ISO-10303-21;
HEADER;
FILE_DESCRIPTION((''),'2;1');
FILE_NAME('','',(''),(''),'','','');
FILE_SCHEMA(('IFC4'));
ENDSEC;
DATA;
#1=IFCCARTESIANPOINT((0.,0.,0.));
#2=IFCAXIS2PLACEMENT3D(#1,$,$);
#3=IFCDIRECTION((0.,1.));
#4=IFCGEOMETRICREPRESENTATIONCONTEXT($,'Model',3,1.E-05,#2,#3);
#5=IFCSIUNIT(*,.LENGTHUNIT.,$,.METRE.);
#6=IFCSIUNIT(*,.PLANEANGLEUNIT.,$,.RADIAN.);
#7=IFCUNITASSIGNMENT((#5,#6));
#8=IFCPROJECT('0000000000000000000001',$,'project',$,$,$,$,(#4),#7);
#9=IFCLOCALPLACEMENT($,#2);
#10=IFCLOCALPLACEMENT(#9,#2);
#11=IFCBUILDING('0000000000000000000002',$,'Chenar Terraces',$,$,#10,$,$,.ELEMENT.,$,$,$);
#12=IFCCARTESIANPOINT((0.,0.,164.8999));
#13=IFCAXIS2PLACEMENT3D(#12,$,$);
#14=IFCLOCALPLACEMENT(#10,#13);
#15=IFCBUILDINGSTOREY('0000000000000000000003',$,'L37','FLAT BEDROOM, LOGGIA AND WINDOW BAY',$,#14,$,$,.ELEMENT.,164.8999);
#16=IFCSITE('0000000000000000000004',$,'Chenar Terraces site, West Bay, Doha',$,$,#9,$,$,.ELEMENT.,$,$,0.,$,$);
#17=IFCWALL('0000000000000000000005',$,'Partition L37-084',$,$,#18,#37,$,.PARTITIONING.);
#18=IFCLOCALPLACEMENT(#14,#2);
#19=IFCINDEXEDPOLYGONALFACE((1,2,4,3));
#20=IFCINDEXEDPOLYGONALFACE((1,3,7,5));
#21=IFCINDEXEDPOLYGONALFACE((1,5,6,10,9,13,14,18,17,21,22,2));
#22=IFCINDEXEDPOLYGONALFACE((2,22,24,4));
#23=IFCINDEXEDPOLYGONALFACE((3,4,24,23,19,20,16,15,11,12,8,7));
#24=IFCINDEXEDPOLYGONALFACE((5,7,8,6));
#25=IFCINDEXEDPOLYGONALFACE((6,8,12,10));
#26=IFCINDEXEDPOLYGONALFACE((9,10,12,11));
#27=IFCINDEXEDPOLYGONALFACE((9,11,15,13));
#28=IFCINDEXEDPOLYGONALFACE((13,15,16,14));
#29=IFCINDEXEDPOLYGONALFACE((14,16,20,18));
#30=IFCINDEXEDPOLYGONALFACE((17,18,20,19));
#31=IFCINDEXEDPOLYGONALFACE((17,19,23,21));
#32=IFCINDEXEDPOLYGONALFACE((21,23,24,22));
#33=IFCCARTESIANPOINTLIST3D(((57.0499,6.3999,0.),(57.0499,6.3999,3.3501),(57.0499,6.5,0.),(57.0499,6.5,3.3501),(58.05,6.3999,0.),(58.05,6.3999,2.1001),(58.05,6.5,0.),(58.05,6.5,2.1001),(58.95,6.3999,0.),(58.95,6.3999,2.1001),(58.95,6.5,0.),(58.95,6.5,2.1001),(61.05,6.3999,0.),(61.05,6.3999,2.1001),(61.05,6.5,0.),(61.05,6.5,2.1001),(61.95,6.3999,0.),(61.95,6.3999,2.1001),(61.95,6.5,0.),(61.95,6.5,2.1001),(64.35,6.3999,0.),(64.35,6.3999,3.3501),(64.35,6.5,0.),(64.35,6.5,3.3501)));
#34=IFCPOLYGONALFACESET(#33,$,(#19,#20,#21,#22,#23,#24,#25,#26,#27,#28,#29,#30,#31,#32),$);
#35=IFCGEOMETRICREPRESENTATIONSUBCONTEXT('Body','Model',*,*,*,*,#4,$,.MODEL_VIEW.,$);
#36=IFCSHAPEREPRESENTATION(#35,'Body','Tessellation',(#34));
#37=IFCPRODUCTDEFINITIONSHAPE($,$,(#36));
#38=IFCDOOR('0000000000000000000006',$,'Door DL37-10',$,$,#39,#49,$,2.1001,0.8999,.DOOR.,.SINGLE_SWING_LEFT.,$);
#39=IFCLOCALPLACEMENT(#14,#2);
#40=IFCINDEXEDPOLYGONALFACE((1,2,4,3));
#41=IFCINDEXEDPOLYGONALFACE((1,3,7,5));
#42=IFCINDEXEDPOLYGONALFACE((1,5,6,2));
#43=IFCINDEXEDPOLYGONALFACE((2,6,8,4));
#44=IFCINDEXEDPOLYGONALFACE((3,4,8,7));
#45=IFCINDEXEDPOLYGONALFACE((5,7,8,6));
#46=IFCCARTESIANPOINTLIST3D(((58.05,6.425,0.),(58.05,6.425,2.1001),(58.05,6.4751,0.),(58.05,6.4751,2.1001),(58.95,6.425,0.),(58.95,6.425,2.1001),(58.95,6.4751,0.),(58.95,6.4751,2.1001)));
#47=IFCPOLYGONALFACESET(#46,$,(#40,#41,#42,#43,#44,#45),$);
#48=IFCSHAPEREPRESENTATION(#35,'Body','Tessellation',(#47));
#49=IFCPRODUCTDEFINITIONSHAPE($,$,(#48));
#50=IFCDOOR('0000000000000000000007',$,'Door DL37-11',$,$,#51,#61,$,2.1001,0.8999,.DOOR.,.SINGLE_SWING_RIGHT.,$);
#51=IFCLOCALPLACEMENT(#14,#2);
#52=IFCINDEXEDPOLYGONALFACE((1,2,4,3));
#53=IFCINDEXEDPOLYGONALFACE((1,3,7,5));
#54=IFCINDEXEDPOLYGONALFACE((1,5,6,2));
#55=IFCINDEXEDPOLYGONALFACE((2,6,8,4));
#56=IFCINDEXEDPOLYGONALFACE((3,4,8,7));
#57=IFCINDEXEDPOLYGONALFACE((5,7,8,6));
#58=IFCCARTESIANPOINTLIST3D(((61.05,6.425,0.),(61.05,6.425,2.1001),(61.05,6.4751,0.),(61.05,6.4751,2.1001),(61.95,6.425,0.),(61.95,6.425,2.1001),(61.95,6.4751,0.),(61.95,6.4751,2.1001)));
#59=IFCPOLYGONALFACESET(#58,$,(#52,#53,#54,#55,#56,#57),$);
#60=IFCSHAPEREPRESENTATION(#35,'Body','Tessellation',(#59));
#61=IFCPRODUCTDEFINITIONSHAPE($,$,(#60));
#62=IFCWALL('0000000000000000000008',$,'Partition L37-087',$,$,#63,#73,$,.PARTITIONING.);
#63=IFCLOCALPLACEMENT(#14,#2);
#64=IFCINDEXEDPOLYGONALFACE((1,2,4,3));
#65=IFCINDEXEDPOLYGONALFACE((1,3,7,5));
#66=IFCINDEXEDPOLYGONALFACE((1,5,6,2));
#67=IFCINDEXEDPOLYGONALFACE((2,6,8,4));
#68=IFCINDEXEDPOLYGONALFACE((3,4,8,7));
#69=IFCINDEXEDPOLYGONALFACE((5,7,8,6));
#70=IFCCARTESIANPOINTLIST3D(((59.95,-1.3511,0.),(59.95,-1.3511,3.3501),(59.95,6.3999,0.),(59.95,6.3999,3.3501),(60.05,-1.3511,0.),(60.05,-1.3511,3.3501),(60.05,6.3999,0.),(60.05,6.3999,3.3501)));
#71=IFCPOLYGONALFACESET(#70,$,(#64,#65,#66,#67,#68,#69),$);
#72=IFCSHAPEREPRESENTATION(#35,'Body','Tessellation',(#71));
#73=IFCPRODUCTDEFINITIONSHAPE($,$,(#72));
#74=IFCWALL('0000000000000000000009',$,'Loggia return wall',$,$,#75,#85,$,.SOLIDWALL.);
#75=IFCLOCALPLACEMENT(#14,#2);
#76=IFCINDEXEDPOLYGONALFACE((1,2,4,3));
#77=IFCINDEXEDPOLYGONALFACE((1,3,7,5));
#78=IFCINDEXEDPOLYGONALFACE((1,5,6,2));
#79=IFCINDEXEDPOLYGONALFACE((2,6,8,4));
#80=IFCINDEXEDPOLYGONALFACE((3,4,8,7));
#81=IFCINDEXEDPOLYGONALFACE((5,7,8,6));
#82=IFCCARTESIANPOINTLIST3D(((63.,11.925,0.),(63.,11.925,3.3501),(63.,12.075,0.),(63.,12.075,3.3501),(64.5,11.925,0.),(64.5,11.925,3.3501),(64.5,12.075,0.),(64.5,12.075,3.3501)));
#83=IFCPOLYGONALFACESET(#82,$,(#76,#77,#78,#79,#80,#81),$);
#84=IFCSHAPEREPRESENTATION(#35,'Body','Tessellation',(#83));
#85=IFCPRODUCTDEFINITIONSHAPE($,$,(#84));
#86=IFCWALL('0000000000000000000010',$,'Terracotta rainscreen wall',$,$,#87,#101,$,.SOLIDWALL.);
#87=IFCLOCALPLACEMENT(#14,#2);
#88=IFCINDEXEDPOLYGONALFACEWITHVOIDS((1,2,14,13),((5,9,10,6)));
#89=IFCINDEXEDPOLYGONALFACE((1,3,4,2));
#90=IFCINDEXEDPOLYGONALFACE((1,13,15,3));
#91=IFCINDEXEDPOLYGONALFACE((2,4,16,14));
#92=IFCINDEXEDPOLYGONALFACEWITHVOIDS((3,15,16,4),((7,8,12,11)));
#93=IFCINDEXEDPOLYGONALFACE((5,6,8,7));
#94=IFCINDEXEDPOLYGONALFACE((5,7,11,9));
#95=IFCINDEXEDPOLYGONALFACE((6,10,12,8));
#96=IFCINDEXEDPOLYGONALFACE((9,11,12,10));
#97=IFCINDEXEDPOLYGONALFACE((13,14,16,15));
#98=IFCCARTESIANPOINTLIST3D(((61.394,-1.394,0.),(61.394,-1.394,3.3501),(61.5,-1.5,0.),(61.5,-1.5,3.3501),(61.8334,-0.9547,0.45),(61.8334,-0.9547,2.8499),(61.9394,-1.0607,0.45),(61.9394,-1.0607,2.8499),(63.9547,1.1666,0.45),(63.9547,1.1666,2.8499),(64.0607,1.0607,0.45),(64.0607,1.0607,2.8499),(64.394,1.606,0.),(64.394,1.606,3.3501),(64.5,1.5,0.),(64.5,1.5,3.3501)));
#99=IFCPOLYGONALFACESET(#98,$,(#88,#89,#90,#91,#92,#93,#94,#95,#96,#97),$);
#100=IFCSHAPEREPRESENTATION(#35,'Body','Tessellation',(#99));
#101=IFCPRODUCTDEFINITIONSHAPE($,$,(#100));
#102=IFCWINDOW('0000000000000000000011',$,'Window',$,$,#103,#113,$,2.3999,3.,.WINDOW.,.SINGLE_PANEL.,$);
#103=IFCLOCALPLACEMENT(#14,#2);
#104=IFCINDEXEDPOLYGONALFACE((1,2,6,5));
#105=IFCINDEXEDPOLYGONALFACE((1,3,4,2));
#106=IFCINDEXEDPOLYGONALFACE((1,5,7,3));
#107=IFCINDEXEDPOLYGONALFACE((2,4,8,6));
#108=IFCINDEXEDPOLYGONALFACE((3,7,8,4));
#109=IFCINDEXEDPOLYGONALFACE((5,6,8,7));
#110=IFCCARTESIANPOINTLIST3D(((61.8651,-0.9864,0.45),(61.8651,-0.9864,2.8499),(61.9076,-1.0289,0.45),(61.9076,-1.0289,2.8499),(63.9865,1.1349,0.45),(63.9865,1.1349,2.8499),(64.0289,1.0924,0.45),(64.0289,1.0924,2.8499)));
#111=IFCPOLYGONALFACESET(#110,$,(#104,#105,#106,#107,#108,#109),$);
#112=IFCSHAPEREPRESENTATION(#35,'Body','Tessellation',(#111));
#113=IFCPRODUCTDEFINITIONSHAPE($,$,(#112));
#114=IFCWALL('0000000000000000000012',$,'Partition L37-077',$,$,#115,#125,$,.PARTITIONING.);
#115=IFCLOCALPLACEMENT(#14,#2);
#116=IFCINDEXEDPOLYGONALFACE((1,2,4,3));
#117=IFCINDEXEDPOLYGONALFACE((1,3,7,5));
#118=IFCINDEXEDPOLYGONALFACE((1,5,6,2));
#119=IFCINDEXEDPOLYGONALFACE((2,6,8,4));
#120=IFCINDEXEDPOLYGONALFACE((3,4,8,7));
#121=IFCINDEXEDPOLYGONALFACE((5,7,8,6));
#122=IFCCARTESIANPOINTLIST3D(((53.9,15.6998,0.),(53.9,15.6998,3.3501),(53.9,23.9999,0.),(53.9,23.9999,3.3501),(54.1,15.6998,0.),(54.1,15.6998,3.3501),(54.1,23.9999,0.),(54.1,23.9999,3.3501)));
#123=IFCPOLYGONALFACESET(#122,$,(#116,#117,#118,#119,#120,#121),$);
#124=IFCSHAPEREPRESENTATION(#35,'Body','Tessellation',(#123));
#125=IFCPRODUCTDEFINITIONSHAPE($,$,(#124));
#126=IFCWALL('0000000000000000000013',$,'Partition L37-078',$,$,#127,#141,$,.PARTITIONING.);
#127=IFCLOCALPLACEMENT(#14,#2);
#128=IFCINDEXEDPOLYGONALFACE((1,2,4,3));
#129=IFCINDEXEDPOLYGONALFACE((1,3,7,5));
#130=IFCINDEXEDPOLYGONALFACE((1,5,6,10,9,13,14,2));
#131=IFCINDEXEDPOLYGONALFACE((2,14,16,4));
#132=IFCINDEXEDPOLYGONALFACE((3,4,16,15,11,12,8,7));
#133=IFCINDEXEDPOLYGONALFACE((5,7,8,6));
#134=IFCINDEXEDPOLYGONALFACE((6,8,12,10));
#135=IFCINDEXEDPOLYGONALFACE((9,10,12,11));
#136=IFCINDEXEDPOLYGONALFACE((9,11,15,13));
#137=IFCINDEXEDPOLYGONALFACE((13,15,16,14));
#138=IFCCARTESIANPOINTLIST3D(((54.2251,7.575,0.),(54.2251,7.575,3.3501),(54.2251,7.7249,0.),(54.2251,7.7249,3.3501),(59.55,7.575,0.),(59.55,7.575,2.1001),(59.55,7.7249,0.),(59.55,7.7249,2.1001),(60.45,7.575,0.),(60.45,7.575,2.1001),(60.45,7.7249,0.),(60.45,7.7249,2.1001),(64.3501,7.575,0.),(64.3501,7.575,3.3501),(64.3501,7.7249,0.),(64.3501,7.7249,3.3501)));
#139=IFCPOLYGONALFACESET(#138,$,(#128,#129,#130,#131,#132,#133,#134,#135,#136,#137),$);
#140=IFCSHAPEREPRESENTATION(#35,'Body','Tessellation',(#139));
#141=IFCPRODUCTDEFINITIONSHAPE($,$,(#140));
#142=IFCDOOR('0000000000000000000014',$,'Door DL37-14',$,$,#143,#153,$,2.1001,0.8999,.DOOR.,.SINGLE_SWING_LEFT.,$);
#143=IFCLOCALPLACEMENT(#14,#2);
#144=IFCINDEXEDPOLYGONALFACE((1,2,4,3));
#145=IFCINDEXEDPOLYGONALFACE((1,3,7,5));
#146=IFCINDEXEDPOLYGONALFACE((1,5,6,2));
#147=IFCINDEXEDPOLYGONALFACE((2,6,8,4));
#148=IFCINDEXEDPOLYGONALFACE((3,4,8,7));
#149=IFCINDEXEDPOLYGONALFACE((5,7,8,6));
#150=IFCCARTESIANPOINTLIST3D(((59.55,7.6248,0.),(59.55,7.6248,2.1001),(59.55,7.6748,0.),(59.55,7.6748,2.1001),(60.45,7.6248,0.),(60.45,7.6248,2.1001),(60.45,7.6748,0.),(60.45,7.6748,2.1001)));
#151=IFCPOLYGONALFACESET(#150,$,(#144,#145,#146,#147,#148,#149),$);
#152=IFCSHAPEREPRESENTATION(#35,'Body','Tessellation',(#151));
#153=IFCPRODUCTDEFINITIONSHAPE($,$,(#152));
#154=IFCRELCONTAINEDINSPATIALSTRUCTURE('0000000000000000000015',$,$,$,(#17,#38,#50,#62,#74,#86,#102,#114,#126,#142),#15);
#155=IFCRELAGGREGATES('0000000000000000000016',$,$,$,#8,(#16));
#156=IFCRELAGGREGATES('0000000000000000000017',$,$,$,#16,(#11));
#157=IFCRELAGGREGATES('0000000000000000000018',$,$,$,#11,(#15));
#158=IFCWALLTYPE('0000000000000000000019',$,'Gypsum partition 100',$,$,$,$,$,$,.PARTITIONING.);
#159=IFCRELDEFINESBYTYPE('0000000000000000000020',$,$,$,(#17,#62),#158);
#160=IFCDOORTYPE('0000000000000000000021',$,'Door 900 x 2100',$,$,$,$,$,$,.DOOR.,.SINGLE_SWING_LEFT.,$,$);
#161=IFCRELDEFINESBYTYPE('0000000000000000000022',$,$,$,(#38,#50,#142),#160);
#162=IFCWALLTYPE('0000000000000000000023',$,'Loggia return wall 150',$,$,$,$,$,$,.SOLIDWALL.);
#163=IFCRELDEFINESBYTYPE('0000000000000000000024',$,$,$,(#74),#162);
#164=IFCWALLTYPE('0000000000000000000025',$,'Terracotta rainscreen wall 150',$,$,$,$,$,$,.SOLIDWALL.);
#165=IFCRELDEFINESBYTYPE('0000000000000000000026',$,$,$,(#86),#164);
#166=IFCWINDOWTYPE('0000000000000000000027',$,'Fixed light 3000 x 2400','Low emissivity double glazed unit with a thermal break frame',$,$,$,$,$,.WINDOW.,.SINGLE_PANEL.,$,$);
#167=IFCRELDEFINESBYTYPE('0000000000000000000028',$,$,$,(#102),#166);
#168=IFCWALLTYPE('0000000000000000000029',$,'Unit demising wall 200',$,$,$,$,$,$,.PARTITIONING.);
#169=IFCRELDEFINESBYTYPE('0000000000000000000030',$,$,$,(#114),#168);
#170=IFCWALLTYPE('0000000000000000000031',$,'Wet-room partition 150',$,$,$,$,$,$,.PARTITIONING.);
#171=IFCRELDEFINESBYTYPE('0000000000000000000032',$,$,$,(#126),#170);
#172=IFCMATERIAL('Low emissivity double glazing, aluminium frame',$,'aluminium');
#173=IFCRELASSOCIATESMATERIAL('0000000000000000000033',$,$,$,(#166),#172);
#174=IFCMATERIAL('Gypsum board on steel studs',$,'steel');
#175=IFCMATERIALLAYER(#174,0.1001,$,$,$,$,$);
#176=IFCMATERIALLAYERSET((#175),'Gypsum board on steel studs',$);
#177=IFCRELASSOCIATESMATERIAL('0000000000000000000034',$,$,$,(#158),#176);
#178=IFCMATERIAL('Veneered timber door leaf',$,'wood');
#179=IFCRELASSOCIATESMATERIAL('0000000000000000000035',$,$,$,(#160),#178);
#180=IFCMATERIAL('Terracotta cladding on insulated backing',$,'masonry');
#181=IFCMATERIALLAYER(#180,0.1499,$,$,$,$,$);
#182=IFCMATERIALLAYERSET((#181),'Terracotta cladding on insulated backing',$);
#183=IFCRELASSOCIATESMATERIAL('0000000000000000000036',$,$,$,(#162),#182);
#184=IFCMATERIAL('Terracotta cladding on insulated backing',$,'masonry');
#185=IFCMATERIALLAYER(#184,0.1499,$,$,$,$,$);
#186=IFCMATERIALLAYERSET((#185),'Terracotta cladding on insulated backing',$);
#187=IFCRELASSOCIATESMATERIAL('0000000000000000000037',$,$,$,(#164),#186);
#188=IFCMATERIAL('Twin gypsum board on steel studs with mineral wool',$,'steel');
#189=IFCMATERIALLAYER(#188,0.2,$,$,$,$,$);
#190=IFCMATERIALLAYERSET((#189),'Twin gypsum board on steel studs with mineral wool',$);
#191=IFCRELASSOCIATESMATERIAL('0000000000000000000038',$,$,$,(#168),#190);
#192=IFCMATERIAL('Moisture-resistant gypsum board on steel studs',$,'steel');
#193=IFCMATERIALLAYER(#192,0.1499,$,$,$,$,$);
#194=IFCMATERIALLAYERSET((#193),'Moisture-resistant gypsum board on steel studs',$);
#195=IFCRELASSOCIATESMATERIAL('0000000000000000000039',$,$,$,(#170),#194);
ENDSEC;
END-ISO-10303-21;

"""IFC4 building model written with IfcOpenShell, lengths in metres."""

from ifc_helpers import new_model, si_unit, direction, frame, frame_2d, origin, place, context, subcontext, project, spatial, rectangle, extrude, material, layer, layer_set, type_object, element, fill, save


model = new_model("IFC4")

# Units and contexts
model_context = context("Model", 3, precision=1e-05, world=origin(), true_north=direction((0.0, 1.0)))
body_context = subcontext(model_context, "Body", "Model", "MODEL_VIEW")
ifc_project = project(units=[si_unit("LENGTHUNIT", "METRE"), si_unit("PLANEANGLEUNIT", "RADIAN")], contexts=[model_context])

# Site, building, storey
site_placement = place(None, origin())
site = spatial("IfcSite", under=ifc_project, at=site_placement, Name="Chenar Terraces site, West Bay, Doha", CompositionType="ELEMENT", RefElevation=0.0)
building_placement = place(site_placement, origin())
building = spatial("IfcBuilding", under=site, at=building_placement, Name="Chenar Terraces", CompositionType="ELEMENT")
storey_placement = place(building_placement, frame((0.0, 0.0, 164.8999)))
storey = spatial("IfcBuildingStorey", under=building, at=storey_placement, Name="L37", Description="FLAT BEDROOM, LOGGIA AND WINDOW BAY", CompositionType="ELEMENT", Elevation=164.8999)

# Shared definitions
ifc_material_1 = material(Name="Low emissivity double glazing, aluminium frame", Category="aluminium")
window_type_1 = type_object("IfcWindowType", Name="Fixed light 3000 x 2400", Description="Low emissivity double glazed unit with a thermal break frame", PartitioningType="SINGLE_PANEL", PredefinedType="WINDOW", material=ifc_material_1)

# Shared definitions
ifc_material_2 = material(Name="Gypsum board on steel studs", Category="steel")
ifc_layer_1 = layer(ifc_material_2, 0.1001)
ifc_layer_set_1 = layer_set([ifc_layer_1], Name="Gypsum board on steel studs")
wall_type_1 = type_object("IfcWallType", Name="Gypsum partition 100", PredefinedType="PARTITIONING", material=ifc_layer_set_1)

# Wall, openings, doors
wall_1_placement = place(storey_placement, frame((57.05, 6.45, 0.0), z_axis=(0.0, 0.0, 1.0), x_axis=(1.0, 0.0, 0.0)))
wall_1 = element("IfcWall", 1, at=wall_1_placement, inside=storey, type_object=wall_type_1, Name="Partition L37-084", PredefinedType="PARTITIONING", context=body_context, shape_type="SweptSolid", body=[
    extrude(rectangle(XDim=7.3, YDim=0.1001, at=frame_2d((3.6499, 0.0))), origin(), (0.0, 0.0, 1.0), 3.3501),
])
opening_1_placement = place(wall_1_placement, frame((1.0, 0.0, 0.0)))
opening_1 = element("IfcOpeningElement", 2, at=opening_1_placement, cuts=wall_1, PredefinedType="OPENING", context=body_context, shape_type="SweptSolid", body=[
    extrude(rectangle(XDim=0.8999, YDim=2.1001, at=frame_2d((0.45, 1.05))), frame((0.0, 0.0601, 0.0), z_axis=(0.0, -1.0, 0.0), x_axis=(1.0, 0.0, 0.0)), (0.0, 0.0, 1.0), 0.1201),
])
opening_2_placement = place(wall_1_placement, frame((4.0, 0.0, 0.0)))
opening_2 = element("IfcOpeningElement", 3, at=opening_2_placement, cuts=wall_1, PredefinedType="OPENING", context=body_context, shape_type="SweptSolid", body=[
    extrude(rectangle(XDim=0.8999, YDim=2.1001, at=frame_2d((0.45, 1.05))), frame((0.0, 0.0601, 0.0), z_axis=(0.0, -1.0, 0.0), x_axis=(1.0, 0.0, 0.0)), (0.0, 0.0, 1.0), 0.1201),
])
ifc_material_3 = material(Name="Veneered timber door leaf", Category="wood")
door_type_1 = type_object("IfcDoorType", Name="Door 900 x 2100", OperationType="SINGLE_SWING_LEFT", PredefinedType="DOOR", material=ifc_material_3)
door_1_placement = place(opening_1_placement, frame((0.8999, 0.0, 0.0), z_axis=(0.0, 0.0, 1.0), x_axis=(-1.0, 0.0, 0.0)))
door_1 = element("IfcDoor", 4, at=door_1_placement, inside=storey, type_object=door_type_1, Name="Door DL37-10", OperationType="SINGLE_SWING_LEFT", OverallHeight=2.1001, OverallWidth=0.8999, PredefinedType="DOOR", context=body_context, shape_type="SweptSolid", body=[
    extrude(rectangle(XDim=0.8999, YDim=2.1001, at=frame_2d((0.45, 1.05))), frame((0.0, 0.0249, 0.0), z_axis=(0.0, -1.0, 0.0), x_axis=(1.0, 0.0, 0.0)), (0.0, 0.0, 1.0), 0.05),
])
fill(opening_1, door_1)
door_2_placement = place(opening_2_placement, frame((0.8999, 0.0, 0.0), z_axis=(0.0, 0.0, 1.0), x_axis=(-1.0, 0.0, 0.0)))
door_2 = element("IfcDoor", 5, at=door_2_placement, inside=storey, type_object=door_type_1, Name="Door DL37-11", OperationType="SINGLE_SWING_RIGHT", OverallHeight=2.1001, OverallWidth=0.8999, PredefinedType="DOOR", context=body_context, shape_type="SweptSolid", body=[
    extrude(rectangle(XDim=0.8999, YDim=2.1001, at=frame_2d((0.45, 1.05))), frame((0.0, 0.0249, 0.0), z_axis=(0.0, -1.0, 0.0), x_axis=(1.0, 0.0, 0.0)), (0.0, 0.0, 1.0), 0.05),
])
fill(opening_2, door_2)

# Walls
wall_2_placement = place(storey_placement, frame((60.0, -1.3511, 0.0), z_axis=(0.0, 0.0, 1.0), x_axis=(0.0, 1.0, 0.0)))
element("IfcWall", 6, at=wall_2_placement, inside=storey, type_object=wall_type_1, Name="Partition L37-087", PredefinedType="PARTITIONING", context=body_context, shape_type="SweptSolid", body=[
    extrude(rectangle(XDim=7.751, YDim=0.1001, at=frame_2d((3.8755, 0.0))), origin(), (0.0, 0.0, 1.0), 3.3501),
])
ifc_material_4 = material(Name="Terracotta cladding on insulated backing", Category="masonry")
ifc_layer_2 = layer(ifc_material_4, 0.1499)
ifc_layer_set_2 = layer_set([ifc_layer_2], Name="Terracotta cladding on insulated backing")
wall_type_2 = type_object("IfcWallType", Name="Loggia return wall 150", PredefinedType="SOLIDWALL", material=ifc_layer_set_2)
wall_3_placement = place(storey_placement, frame((64.5, 12.0, 0.0), z_axis=(0.0, 0.0, 1.0), x_axis=(-1.0, 0.0, 0.0)))
element("IfcWall", 7, at=wall_3_placement, inside=storey, type_object=wall_type_2, Name="Loggia return wall", PredefinedType="SOLIDWALL", context=body_context, shape_type="SweptSolid", body=[
    extrude(rectangle(XDim=1.5, YDim=0.1499, at=frame_2d((0.75, 0.0))), origin(), (0.0, 0.0, 1.0), 3.3501),
])

# Wall, opening, window
ifc_material_5 = material(Name="Terracotta cladding on insulated backing", Category="masonry")
ifc_layer_3 = layer(ifc_material_5, 0.1499)
ifc_layer_set_3 = layer_set([ifc_layer_3], Name="Terracotta cladding on insulated backing")
wall_type_3 = type_object("IfcWallType", Name="Terracotta rainscreen wall 150", PredefinedType="SOLIDWALL", material=ifc_layer_set_3)
wall_4_placement = place(storey_placement, frame((61.447, -1.447, 0.0), z_axis=(0.0, 0.0, 1.0), x_axis=(0.707107, 0.707107, 0.0)))
wall_4 = element("IfcWall", 8, at=wall_4_placement, inside=storey, type_object=wall_type_3, Name="Terracotta rainscreen wall", PredefinedType="SOLIDWALL", context=body_context, shape_type="SweptSolid", body=[
    extrude(rectangle(XDim=4.2427, YDim=0.1499, at=frame_2d((2.1213, 0.0))), origin(), (0.0, 0.0, 1.0), 3.3501),
])
opening_3_placement = place(wall_4_placement, frame((0.6213, 0.0, 0.45)))
opening_3 = element("IfcOpeningElement", 9, at=opening_3_placement, cuts=wall_4, PredefinedType="OPENING", context=body_context, shape_type="SweptSolid", body=[
    extrude(rectangle(XDim=3.0, YDim=2.3999, at=frame_2d((1.5, 1.2))), frame((0.0, 0.085, 0.0), z_axis=(0.0, -1.0, 0.0), x_axis=(1.0, 0.0, 0.0)), (0.0, 0.0, 1.0), 0.1699),
])
window_1_placement = place(opening_3_placement, origin())
window_1 = element("IfcWindow", 10, at=window_1_placement, inside=storey, type_object=window_type_1, Name="Window", OverallHeight=2.3999, OverallWidth=3.0, PartitioningType="SINGLE_PANEL", PredefinedType="WINDOW", context=body_context, shape_type="SweptSolid", body=[
    extrude(rectangle(XDim=3.0, YDim=2.3999, at=frame_2d((1.5, 1.2))), frame((0.0, 0.03, 0.0), z_axis=(0.0, -1.0, 0.0), x_axis=(1.0, 0.0, 0.0)), (0.0, 0.0, 1.0), 0.0601),
])
fill(opening_3, window_1)

# Wall
ifc_material_6 = material(Name="Twin gypsum board on steel studs with mineral wool", Category="steel")
ifc_layer_4 = layer(ifc_material_6, 0.2)
ifc_layer_set_4 = layer_set([ifc_layer_4], Name="Twin gypsum board on steel studs with mineral wool")
wall_type_4 = type_object("IfcWallType", Name="Unit demising wall 200", PredefinedType="PARTITIONING", material=ifc_layer_set_4)
wall_5_placement = place(storey_placement, frame((54.0, 15.7, 0.0), z_axis=(0.0, 0.0, 1.0), x_axis=(0.0, 1.0, 0.0)))
element("IfcWall", 11, at=wall_5_placement, inside=storey, type_object=wall_type_4, Name="Partition L37-077", PredefinedType="PARTITIONING", context=body_context, shape_type="SweptSolid", body=[
    extrude(rectangle(XDim=8.3, YDim=0.2, at=frame_2d((4.1499, 0.0))), origin(), (0.0, 0.0, 1.0), 3.3501),
])

# Wall, opening, door
ifc_material_7 = material(Name="Moisture-resistant gypsum board on steel studs", Category="steel")
ifc_layer_5 = layer(ifc_material_7, 0.1499)
ifc_layer_set_5 = layer_set([ifc_layer_5], Name="Moisture-resistant gypsum board on steel studs")
wall_type_5 = type_object("IfcWallType", Name="Wet-room partition 150", PredefinedType="PARTITIONING", material=ifc_layer_set_5)
wall_6_placement = place(storey_placement, frame((54.2251, 7.6499, 0.0), z_axis=(0.0, 0.0, 1.0), x_axis=(1.0, 0.0, 0.0)))
wall_6 = element("IfcWall", 12, at=wall_6_placement, inside=storey, type_object=wall_type_5, Name="Partition L37-078", PredefinedType="PARTITIONING", context=body_context, shape_type="SweptSolid", body=[
    extrude(rectangle(XDim=10.125, YDim=0.1499, at=frame_2d((5.0625, 0.0))), origin(), (0.0, 0.0, 1.0), 3.3501),
])
opening_4_placement = place(wall_6_placement, frame((5.325, 0.0, 0.0)))
opening_4 = element("IfcOpeningElement", 13, at=opening_4_placement, cuts=wall_6, PredefinedType="OPENING", context=body_context, shape_type="SweptSolid", body=[
    extrude(rectangle(XDim=0.8999, YDim=2.1001, at=frame_2d((0.45, 1.05))), frame((0.0, 0.085, 0.0), z_axis=(0.0, -1.0, 0.0), x_axis=(1.0, 0.0, 0.0)), (0.0, 0.0, 1.0), 0.1699),
])
door_3_placement = place(opening_4_placement, origin())
door_3 = element("IfcDoor", 14, at=door_3_placement, inside=storey, type_object=door_type_1, Name="Door DL37-14", OperationType="SINGLE_SWING_LEFT", OverallHeight=2.1001, OverallWidth=0.8999, PredefinedType="DOOR", context=body_context, shape_type="SweptSolid", body=[
    extrude(rectangle(XDim=0.8999, YDim=2.1001, at=frame_2d((0.45, 1.05))), frame((0.0, 0.0249, 0.0), z_axis=(0.0, -1.0, 0.0), x_axis=(1.0, 0.0, 0.0)), (0.0, 0.0, 1.0), 0.05),
])
fill(opening_4, door_3)

save(model, "model.ifc")
